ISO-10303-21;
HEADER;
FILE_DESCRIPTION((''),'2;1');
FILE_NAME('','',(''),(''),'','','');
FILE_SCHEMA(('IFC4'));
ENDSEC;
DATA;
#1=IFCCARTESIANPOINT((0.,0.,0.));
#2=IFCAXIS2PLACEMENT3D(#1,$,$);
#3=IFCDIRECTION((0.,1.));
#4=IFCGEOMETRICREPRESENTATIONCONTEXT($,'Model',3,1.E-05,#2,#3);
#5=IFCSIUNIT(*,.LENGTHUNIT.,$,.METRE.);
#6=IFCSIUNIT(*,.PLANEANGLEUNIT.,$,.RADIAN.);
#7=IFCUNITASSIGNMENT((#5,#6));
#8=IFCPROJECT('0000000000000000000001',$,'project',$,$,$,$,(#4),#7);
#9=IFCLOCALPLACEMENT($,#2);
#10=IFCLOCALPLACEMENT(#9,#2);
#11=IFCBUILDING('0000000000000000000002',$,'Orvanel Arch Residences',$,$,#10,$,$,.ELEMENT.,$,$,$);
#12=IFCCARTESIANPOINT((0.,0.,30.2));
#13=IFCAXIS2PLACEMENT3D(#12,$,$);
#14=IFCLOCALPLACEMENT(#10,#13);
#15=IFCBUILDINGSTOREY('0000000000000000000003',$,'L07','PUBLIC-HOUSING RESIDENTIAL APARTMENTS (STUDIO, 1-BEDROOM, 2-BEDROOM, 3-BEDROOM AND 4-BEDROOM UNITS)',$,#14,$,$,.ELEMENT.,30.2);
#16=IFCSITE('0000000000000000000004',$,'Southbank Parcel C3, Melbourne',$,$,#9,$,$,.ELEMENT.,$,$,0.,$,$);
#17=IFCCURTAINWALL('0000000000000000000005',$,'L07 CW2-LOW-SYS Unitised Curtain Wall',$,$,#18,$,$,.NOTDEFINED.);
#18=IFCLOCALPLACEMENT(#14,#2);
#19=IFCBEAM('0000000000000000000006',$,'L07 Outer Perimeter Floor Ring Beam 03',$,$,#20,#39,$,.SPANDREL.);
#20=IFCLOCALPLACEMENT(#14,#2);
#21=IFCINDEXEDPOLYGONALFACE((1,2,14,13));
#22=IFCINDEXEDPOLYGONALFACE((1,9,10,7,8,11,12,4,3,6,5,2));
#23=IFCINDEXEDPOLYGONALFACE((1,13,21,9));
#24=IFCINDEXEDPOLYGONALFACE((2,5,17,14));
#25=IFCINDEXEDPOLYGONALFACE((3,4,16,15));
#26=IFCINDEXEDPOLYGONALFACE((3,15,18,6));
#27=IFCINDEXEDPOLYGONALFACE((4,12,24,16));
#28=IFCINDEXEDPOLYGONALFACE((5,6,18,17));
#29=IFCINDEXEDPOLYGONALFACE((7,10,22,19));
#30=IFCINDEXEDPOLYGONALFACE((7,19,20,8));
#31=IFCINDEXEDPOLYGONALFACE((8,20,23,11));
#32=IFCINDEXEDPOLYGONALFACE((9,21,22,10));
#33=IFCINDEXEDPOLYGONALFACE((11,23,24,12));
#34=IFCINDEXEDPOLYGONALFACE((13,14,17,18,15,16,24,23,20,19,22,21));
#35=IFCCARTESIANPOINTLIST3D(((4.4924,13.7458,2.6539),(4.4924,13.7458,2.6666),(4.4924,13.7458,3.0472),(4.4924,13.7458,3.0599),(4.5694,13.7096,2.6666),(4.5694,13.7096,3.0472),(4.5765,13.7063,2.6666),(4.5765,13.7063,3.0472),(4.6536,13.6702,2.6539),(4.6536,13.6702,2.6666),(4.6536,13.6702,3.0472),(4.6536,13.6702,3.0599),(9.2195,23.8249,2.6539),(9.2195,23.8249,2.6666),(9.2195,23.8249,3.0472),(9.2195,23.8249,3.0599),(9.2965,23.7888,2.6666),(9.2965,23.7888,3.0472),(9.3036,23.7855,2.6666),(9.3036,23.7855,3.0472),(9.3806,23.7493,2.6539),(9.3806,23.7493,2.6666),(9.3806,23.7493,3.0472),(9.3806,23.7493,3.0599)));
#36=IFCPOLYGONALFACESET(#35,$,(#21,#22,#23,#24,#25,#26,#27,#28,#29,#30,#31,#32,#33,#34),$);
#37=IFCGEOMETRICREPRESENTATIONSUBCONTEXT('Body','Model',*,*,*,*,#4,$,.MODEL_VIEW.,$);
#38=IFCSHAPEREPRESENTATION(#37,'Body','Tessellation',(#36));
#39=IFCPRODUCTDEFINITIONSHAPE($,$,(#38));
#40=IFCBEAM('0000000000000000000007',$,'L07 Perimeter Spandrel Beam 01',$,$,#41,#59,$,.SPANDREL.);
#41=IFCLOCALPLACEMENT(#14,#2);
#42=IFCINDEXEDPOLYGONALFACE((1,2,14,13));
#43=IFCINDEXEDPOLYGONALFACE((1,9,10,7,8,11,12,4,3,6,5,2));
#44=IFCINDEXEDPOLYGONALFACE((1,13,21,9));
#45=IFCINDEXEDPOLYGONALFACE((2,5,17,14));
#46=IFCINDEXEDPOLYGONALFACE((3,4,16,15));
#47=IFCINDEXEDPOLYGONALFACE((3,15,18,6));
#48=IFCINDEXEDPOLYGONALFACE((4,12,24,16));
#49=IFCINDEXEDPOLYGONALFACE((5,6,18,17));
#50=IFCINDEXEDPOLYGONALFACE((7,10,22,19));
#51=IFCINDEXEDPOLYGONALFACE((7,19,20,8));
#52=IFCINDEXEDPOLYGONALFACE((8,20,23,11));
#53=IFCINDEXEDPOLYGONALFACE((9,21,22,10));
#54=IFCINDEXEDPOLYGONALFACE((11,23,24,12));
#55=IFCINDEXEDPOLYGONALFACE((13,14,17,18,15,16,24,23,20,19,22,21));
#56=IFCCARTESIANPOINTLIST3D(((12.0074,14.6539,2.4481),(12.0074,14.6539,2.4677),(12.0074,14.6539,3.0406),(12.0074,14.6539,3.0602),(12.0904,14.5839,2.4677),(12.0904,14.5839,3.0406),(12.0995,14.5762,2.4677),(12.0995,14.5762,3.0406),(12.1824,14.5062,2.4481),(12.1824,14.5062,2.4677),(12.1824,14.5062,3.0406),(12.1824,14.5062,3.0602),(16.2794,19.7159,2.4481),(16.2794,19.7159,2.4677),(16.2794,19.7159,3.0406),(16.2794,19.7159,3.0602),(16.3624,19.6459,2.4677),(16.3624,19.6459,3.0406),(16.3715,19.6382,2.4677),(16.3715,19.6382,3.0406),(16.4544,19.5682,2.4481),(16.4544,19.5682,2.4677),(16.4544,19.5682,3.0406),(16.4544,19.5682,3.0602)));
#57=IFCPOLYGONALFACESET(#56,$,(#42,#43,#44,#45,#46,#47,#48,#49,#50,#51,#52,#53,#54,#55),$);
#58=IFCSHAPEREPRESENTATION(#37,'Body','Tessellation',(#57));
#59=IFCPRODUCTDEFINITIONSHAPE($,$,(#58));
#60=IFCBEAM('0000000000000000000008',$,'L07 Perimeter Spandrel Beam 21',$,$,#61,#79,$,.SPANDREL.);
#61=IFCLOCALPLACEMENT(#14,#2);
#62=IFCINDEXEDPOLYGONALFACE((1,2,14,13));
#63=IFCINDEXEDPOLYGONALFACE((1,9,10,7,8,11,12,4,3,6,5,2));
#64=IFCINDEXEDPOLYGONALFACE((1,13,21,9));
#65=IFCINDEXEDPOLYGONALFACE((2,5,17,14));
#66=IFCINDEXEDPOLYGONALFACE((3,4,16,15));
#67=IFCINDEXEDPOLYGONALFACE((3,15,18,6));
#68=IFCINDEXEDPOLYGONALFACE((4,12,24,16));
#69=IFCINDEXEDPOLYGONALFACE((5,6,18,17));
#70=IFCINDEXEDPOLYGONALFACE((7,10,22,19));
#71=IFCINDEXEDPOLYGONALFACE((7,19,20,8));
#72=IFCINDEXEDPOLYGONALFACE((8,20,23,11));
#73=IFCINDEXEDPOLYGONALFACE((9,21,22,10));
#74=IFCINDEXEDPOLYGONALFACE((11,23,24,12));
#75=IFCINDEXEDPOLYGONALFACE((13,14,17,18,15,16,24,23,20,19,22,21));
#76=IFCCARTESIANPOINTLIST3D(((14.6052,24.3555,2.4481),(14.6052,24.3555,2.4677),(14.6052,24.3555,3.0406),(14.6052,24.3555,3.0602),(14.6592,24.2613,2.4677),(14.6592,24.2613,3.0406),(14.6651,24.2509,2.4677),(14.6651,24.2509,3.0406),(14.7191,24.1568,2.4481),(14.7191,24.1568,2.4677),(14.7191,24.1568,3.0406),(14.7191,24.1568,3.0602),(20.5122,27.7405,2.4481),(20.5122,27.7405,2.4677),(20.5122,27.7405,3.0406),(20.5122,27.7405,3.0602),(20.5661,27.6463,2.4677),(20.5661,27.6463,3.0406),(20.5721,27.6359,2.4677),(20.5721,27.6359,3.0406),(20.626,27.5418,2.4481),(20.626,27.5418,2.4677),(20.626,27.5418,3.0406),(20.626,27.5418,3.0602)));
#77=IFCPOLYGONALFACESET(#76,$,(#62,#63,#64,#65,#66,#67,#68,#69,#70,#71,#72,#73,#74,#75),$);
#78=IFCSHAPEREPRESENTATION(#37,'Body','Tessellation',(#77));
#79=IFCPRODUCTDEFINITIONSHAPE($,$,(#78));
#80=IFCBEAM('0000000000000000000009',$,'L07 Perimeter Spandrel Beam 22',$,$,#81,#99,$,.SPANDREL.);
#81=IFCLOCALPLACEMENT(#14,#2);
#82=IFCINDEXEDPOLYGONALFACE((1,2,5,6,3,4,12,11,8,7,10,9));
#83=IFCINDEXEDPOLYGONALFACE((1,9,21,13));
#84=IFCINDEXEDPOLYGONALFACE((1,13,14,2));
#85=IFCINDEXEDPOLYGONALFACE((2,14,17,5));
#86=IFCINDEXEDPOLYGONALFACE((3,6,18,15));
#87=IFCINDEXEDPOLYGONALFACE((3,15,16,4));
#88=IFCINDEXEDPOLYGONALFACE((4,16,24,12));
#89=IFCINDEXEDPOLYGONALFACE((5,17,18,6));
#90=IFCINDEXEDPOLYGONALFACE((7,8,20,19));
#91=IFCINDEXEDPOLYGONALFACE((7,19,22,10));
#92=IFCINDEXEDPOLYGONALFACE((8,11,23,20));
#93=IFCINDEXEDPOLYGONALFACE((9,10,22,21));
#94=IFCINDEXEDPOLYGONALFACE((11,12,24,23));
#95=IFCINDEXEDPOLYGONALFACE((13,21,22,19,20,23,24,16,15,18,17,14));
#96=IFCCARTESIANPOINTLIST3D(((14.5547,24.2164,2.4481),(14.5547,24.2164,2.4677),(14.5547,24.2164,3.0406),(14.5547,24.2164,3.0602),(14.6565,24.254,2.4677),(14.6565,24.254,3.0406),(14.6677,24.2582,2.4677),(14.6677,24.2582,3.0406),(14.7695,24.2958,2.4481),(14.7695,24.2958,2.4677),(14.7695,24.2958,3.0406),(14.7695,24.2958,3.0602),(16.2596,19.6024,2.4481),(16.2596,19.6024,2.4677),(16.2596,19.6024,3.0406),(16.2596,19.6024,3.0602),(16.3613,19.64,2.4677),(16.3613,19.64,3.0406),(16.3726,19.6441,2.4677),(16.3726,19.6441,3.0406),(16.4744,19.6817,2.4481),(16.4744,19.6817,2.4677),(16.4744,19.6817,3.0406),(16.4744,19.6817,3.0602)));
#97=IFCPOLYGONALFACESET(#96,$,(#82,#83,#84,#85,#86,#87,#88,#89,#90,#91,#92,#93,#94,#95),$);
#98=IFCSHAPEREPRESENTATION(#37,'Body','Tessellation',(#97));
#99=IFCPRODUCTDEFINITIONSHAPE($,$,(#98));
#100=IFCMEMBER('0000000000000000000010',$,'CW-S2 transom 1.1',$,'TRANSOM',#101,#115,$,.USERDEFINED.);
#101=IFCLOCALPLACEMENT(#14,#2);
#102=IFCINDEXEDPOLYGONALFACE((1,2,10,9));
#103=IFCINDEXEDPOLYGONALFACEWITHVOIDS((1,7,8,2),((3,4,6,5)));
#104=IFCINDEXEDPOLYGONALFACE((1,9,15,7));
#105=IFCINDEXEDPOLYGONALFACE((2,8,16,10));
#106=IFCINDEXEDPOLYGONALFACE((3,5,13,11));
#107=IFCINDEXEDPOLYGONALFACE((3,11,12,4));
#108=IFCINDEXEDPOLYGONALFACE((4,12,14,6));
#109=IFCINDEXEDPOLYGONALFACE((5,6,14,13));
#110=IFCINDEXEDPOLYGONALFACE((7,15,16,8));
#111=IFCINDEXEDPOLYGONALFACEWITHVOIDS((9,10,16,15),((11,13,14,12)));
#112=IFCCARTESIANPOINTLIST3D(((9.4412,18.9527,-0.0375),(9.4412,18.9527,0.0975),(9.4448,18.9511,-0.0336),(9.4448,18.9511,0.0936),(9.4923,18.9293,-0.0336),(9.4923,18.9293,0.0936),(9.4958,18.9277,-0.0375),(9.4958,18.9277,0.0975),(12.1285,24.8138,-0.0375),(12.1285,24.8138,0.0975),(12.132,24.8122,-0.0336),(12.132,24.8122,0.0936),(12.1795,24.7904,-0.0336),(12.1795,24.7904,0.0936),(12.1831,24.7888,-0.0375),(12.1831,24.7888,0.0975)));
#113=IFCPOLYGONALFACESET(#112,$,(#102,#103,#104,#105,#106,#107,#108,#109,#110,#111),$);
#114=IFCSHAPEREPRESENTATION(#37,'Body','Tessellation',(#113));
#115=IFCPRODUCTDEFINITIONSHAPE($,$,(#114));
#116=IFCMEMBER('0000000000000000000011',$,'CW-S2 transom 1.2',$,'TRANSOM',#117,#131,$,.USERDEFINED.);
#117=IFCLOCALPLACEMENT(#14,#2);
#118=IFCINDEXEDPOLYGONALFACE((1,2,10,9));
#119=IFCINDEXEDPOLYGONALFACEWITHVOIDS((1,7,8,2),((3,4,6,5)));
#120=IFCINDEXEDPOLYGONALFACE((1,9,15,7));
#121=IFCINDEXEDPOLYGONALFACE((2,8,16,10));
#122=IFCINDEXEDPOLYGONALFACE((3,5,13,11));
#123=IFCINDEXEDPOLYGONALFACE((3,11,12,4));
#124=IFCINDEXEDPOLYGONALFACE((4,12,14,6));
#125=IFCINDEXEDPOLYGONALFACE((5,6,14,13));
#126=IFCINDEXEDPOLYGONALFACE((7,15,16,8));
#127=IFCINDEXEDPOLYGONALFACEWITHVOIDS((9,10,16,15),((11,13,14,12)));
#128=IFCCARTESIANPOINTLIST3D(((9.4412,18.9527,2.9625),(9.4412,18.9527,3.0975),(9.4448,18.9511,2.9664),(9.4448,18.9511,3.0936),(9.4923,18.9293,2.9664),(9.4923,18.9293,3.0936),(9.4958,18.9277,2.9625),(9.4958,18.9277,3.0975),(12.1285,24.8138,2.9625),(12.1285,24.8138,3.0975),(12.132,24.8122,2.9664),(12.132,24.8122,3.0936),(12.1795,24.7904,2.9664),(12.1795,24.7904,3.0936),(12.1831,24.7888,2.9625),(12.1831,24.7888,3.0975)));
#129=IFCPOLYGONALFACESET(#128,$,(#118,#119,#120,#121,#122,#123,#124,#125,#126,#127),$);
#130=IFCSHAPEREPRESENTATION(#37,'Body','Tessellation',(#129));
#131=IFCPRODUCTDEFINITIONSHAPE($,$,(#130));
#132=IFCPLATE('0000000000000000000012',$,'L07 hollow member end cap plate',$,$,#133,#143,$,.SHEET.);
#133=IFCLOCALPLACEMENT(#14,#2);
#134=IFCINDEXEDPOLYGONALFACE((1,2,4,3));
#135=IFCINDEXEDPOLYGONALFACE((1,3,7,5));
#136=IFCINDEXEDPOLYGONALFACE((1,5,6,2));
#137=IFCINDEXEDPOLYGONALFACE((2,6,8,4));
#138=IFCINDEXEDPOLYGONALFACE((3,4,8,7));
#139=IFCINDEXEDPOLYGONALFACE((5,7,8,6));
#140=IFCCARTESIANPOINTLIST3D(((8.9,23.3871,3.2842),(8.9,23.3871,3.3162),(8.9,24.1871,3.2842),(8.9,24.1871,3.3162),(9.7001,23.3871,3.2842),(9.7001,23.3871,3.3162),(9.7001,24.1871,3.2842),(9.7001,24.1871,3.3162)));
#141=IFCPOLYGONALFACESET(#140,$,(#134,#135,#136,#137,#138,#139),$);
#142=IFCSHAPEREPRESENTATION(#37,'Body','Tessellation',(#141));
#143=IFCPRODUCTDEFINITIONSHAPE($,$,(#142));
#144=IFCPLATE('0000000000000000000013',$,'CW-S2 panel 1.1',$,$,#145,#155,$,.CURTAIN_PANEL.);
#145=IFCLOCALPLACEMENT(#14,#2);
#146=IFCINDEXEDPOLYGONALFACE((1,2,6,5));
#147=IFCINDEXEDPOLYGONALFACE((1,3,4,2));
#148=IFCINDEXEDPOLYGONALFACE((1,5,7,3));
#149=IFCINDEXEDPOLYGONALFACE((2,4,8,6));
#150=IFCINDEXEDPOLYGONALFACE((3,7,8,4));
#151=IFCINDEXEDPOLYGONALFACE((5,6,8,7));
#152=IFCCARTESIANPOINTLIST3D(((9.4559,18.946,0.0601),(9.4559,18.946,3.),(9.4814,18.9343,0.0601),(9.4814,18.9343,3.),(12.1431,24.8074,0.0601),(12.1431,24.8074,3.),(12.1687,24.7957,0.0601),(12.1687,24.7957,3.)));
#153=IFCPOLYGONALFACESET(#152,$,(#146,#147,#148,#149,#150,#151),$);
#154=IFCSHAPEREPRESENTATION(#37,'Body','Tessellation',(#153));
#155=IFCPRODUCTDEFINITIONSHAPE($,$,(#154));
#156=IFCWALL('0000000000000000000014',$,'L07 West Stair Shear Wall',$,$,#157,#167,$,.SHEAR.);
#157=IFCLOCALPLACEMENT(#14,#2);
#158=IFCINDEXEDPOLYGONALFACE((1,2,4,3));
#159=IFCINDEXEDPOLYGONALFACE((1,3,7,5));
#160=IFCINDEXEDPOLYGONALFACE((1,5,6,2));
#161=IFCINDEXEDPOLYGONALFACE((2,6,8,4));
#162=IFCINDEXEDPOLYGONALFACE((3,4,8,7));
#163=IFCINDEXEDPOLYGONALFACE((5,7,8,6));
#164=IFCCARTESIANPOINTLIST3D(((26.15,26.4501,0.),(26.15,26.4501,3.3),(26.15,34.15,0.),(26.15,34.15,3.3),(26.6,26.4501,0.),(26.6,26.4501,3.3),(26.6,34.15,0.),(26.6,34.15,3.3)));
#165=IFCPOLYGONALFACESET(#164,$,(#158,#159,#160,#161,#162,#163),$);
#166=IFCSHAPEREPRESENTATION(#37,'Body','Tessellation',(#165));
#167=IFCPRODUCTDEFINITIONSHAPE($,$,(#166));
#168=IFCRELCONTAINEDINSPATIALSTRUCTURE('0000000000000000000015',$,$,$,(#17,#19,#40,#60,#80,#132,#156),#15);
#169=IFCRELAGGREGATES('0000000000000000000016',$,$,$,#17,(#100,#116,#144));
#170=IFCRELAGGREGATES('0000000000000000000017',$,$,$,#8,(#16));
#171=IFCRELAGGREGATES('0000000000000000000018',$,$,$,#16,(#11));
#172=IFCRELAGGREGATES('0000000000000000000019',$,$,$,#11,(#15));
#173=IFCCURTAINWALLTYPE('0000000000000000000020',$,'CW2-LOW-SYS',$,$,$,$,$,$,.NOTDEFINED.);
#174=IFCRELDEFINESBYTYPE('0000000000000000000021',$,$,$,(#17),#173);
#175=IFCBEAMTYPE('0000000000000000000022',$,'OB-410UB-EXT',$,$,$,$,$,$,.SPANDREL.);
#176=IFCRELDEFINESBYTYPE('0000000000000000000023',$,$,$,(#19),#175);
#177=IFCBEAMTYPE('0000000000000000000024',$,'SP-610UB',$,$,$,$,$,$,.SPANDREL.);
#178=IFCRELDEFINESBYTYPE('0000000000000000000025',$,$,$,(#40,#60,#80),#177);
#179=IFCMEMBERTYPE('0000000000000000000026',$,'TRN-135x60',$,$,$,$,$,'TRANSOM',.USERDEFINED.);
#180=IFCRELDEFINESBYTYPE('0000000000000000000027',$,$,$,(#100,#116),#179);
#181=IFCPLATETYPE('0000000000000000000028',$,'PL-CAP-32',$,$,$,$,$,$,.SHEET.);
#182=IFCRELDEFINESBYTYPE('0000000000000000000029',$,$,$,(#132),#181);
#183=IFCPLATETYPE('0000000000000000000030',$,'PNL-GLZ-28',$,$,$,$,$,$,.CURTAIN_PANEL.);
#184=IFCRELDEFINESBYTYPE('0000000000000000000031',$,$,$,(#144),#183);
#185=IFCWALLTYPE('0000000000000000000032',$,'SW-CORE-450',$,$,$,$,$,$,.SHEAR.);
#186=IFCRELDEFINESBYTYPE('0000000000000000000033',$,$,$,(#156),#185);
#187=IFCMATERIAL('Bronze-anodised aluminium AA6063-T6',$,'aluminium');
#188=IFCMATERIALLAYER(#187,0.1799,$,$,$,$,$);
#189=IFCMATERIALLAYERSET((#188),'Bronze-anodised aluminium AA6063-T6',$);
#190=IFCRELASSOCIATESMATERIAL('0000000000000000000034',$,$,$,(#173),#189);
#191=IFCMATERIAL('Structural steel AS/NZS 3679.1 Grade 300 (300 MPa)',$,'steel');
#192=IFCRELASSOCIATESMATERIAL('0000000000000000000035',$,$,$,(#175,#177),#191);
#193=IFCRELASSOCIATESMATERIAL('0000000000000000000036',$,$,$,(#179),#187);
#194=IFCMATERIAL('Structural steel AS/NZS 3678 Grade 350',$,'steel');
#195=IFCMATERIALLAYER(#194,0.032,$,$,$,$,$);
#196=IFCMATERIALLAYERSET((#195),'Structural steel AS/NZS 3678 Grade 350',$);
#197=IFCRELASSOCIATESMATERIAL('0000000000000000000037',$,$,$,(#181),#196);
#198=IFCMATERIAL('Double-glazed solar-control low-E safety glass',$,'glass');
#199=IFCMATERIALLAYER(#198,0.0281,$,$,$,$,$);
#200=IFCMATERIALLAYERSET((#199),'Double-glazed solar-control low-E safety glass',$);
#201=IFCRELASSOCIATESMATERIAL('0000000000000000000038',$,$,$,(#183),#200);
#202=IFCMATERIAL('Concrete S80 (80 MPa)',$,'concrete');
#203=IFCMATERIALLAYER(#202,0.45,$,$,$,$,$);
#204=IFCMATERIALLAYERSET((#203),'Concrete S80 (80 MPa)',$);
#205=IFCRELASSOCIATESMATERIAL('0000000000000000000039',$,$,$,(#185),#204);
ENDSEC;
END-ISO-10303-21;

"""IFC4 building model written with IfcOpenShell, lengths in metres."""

from ifc_helpers import new_model, si_unit, direction, frame, frame_2d, origin, origin_2d, place, context, subcontext, project, spatial, rectangle, hollow_rectangle, i_section, extrude, material, layer, layer_set, material_profile, profile_set, type_object, element, aggregate, save


model = new_model("IFC4")

# Units and contexts
model_context = context("Model", 3, precision=1e-05, world=origin(), true_north=direction((0.0, 1.0)))
body_context = subcontext(model_context, "Body", "Model", "MODEL_VIEW")
ifc_project = project(units=[si_unit("LENGTHUNIT", "METRE"), si_unit("PLANEANGLEUNIT", "RADIAN")], contexts=[model_context])

# Site, building, storey
site_placement = place(None, origin())
site = spatial("IfcSite", under=ifc_project, at=site_placement, Name="Southbank Parcel C3, Melbourne", CompositionType="ELEMENT", RefElevation=0.0)
building_placement = place(site_placement, origin())
building = spatial("IfcBuilding", under=site, at=building_placement, Name="Orvanel Arch Residences", CompositionType="ELEMENT")
storey_placement = place(building_placement, frame((0.0, 0.0, 30.2)))
storey = spatial("IfcBuildingStorey", under=building, at=storey_placement, Name="L07", Description="PUBLIC-HOUSING RESIDENTIAL APARTMENTS (STUDIO, 1-BEDROOM, 2-BEDROOM, 3-BEDROOM AND 4-BEDROOM UNITS)", CompositionType="ELEMENT", Elevation=30.2)

# Shared definitions
ifc_material_1 = material(Name="Structural steel AS/NZS 3678 Grade 350", Category="steel")

# Shared definitions
ifc_material_2 = material(Name="Structural steel AS/NZS 3679.1 Grade 300 (300 MPa)", Category="steel")

# Curtain wall
ifc_material_3 = material(Name="Bronze-anodised aluminium AA6063-T6", Category="aluminium")
ifc_layer_1 = layer(ifc_material_3, 0.1799)
ifc_layer_set_1 = layer_set([ifc_layer_1], Name="Bronze-anodised aluminium AA6063-T6")
curtain_wall_type = type_object("IfcCurtainWallType", Name="CW2-LOW-SYS", PredefinedType="NOTDEFINED", material=ifc_layer_set_1)
curtain_wall_placement = place(storey_placement, origin())
curtain_wall = element("IfcCurtainWall", 1, at=curtain_wall_placement, inside=storey, type_object=curtain_wall_type, Name="L07 CW2-LOW-SYS Unitised Curtain Wall", PredefinedType="NOTDEFINED")

# Beams
ifc_material_profile_1 = material_profile(ifc_material_2, i_section(OverallWidth=0.178, OverallDepth=0.406, WebThickness=0.0078, FlangeThickness=0.0127, at=origin_2d()), Name="410UB59.7")
ifc_profile_set_1 = profile_set([ifc_material_profile_1], Name="Structural steel AS/NZS 3679.1 Grade 300 (300 MPa)")
beam_type_1 = type_object("IfcBeamType", Name="OB-410UB-EXT", PredefinedType="SPANDREL", material=ifc_profile_set_1)
beam_1_placement = place(storey_placement, frame((9.3, 23.7871, 2.8569), z_axis=(-0.424616, -0.905374, 0.0), x_axis=(0.905374, -0.424616, 0.0)))
element("IfcBeam", 2, at=beam_1_placement, inside=storey, type_object=beam_type_1, Name="L07 Outer Perimeter Floor Ring Beam 03", PredefinedType="SPANDREL", context=body_context, shape_type="SweptSolid", body=[
    extrude(i_section(OverallWidth=0.178, OverallDepth=0.406, WebThickness=0.0078, FlangeThickness=0.0127, at=origin_2d()), origin(), (0.0, 0.0, 1.0), 11.1326),
])
ifc_material_profile_2 = material_profile(ifc_material_2, i_section(OverallWidth=0.229, OverallDepth=0.6121, WebThickness=0.012, FlangeThickness=0.0195, at=origin_2d()), Name="610UB125")
ifc_profile_set_2 = profile_set([ifc_material_profile_2], Name="Structural steel AS/NZS 3679.1 Grade 300 (300 MPa)")
beam_type_2 = type_object("IfcBeamType", Name="SP-610UB", PredefinedType="SPANDREL", material=ifc_profile_set_2)
beam_2_placement = place(storey_placement, frame((16.3669, 19.6421, 2.7542), z_axis=(-0.64495, -0.764224, 0.0), x_axis=(0.764224, -0.64495, 0.0)))
element("IfcBeam", 3, at=beam_2_placement, inside=storey, type_object=beam_type_2, Name="L07 Perimeter Spandrel Beam 01", PredefinedType="SPANDREL", context=body_context, shape_type="SweptSolid", body=[
    extrude(i_section(OverallWidth=0.229, OverallDepth=0.6121, WebThickness=0.012, FlangeThickness=0.0195, at=origin_2d()), origin(), (0.0, 0.0, 1.0), 6.6238),
])
beam_3_placement = place(storey_placement, frame((20.5691, 27.6411, 2.7542), z_axis=(-0.867636, -0.497201, 0.0), x_axis=(0.497201, -0.867636, 0.0)))
element("IfcBeam", 4, at=beam_3_placement, inside=storey, type_object=beam_type_2, Name="L07 Perimeter Spandrel Beam 21", PredefinedType="SPANDREL", context=body_context, shape_type="SweptSolid", body=[
    extrude(i_section(OverallWidth=0.229, OverallDepth=0.6121, WebThickness=0.012, FlangeThickness=0.0195, at=origin_2d()), origin(), (0.0, 0.0, 1.0), 6.8081),
])
beam_4_placement = place(storey_placement, frame((14.6621, 24.2561, 2.7542), z_axis=(0.346588, -0.938017, 0.0), x_axis=(0.938017, 0.346588, 0.0)))
element("IfcBeam", 5, at=beam_4_placement, inside=storey, type_object=beam_type_2, Name="L07 Perimeter Spandrel Beam 22", PredefinedType="SPANDREL", context=body_context, shape_type="SweptSolid", body=[
    extrude(i_section(OverallWidth=0.229, OverallDepth=0.6121, WebThickness=0.012, FlangeThickness=0.0195, at=origin_2d()), origin(), (0.0, 0.0, 1.0), 4.9189),
])

# Members
ifc_material_profile_3 = material_profile(ifc_material_3, hollow_rectangle(XDim=0.0601, YDim=0.135, WallThickness=0.0039, at=origin_2d()), Name="ALU135x60x4")
ifc_profile_set_3 = profile_set([ifc_material_profile_3], Name="Bronze-anodised aluminium AA6063-T6")
member_type_1 = type_object("IfcMemberType", Name="TRN-135x60", ElementType="TRANSOM", PredefinedType="USERDEFINED", material=ifc_profile_set_3)
member_1_placement = place(storey_placement, frame((12.1558, 24.8013, 0.03), z_axis=(-0.416773, -0.90901, 0.0), x_axis=(0.90901, -0.416773, 0.0)))
member_1 = element("IfcMember", 6, at=member_1_placement, type_object=member_type_1, Name="CW-S2 transom 1.1", ObjectType="TRANSOM", PredefinedType="USERDEFINED", context=body_context, shape_type="SweptSolid", body=[
    extrude(hollow_rectangle(XDim=0.0601, YDim=0.135, WallThickness=0.0039, at=origin_2d()), origin(), (0.0, 0.0, 1.0), 6.4478),
])
member_2_placement = place(storey_placement, frame((12.1558, 24.8013, 3.03), z_axis=(-0.416773, -0.90901, 0.0), x_axis=(0.90901, -0.416773, 0.0)))
member_2 = element("IfcMember", 7, at=member_2_placement, type_object=member_type_1, Name="CW-S2 transom 1.2", ObjectType="TRANSOM", PredefinedType="USERDEFINED", context=body_context, shape_type="SweptSolid", body=[
    extrude(hollow_rectangle(XDim=0.0601, YDim=0.135, WallThickness=0.0039, at=origin_2d()), origin(), (0.0, 0.0, 1.0), 6.4478),
])

# Plates
ifc_layer_2 = layer(ifc_material_1, 0.032)
ifc_layer_set_2 = layer_set([ifc_layer_2], Name="Structural steel AS/NZS 3678 Grade 350")
plate_type_1 = type_object("IfcPlateType", Name="PL-CAP-32", PredefinedType="SHEET", material=ifc_layer_set_2)
plate_1_placement = place(storey_placement, frame((9.3, 23.7871, 3.2842), z_axis=(0.0, 0.0, 1.0), x_axis=(1.0, 0.0, 0.0)))
element("IfcPlate", 8, at=plate_1_placement, inside=storey, type_object=plate_type_1, Name="L07 hollow member end cap plate", PredefinedType="SHEET", context=body_context, shape_type="SweptSolid", body=[
    extrude(rectangle(XDim=0.8, YDim=0.8, at=origin_2d()), origin(), (0.0, 0.0, 1.0), 0.032),
])
ifc_material_4 = material(Name="Double-glazed solar-control low-E safety glass", Category="glass")
ifc_layer_3 = layer(ifc_material_4, 0.0281)
ifc_layer_set_3 = layer_set([ifc_layer_3], Name="Double-glazed solar-control low-E safety glass")
plate_type_2 = type_object("IfcPlateType", Name="PNL-GLZ-28", PredefinedType="CURTAIN_PANEL", material=ifc_layer_set_3)
plate_2_placement = place(storey_placement, frame((10.8123, 21.8708, 0.0601), z_axis=(0.0, 0.0, 1.0), x_axis=(-0.416763, -0.909015, 0.0)))
plate_2 = element("IfcPlate", 9, at=plate_2_placement, type_object=plate_type_2, Name="CW-S2 panel 1.1", PredefinedType="CURTAIN_PANEL", context=body_context, shape_type="SweptSolid", body=[
    extrude(rectangle(XDim=6.448, YDim=0.0281, at=origin_2d()), origin(), (0.0, 0.0, 1.0), 2.9399),
])
aggregate(curtain_wall, [member_1, member_2, plate_2])

# Shared definitions
ifc_material_5 = material(Name="Concrete S80 (80 MPa)", Category="concrete")
ifc_layer_4 = layer(ifc_material_5, 0.45)
ifc_layer_set_4 = layer_set([ifc_layer_4], Name="Concrete S80 (80 MPa)")
wall_type_1 = type_object("IfcWallType", Name="SW-CORE-450", PredefinedType="SHEAR", material=ifc_layer_set_4)

# Wall
wall_1_placement = place(storey_placement, frame((26.375, 26.45, 0.0), z_axis=(0.0, 0.0, 1.0), x_axis=(0.0, 1.0, 0.0)))
element("IfcWall", 10, at=wall_1_placement, inside=storey, type_object=wall_type_1, Name="L07 West Stair Shear Wall", PredefinedType="SHEAR", context=body_context, shape_type="SweptSolid", body=[
    extrude(rectangle(XDim=7.7, YDim=0.45, at=frame_2d((3.8501, 0.0))), origin(), (0.0, 0.0, 1.0), 3.3),
])

save(model, "model.ifc")
